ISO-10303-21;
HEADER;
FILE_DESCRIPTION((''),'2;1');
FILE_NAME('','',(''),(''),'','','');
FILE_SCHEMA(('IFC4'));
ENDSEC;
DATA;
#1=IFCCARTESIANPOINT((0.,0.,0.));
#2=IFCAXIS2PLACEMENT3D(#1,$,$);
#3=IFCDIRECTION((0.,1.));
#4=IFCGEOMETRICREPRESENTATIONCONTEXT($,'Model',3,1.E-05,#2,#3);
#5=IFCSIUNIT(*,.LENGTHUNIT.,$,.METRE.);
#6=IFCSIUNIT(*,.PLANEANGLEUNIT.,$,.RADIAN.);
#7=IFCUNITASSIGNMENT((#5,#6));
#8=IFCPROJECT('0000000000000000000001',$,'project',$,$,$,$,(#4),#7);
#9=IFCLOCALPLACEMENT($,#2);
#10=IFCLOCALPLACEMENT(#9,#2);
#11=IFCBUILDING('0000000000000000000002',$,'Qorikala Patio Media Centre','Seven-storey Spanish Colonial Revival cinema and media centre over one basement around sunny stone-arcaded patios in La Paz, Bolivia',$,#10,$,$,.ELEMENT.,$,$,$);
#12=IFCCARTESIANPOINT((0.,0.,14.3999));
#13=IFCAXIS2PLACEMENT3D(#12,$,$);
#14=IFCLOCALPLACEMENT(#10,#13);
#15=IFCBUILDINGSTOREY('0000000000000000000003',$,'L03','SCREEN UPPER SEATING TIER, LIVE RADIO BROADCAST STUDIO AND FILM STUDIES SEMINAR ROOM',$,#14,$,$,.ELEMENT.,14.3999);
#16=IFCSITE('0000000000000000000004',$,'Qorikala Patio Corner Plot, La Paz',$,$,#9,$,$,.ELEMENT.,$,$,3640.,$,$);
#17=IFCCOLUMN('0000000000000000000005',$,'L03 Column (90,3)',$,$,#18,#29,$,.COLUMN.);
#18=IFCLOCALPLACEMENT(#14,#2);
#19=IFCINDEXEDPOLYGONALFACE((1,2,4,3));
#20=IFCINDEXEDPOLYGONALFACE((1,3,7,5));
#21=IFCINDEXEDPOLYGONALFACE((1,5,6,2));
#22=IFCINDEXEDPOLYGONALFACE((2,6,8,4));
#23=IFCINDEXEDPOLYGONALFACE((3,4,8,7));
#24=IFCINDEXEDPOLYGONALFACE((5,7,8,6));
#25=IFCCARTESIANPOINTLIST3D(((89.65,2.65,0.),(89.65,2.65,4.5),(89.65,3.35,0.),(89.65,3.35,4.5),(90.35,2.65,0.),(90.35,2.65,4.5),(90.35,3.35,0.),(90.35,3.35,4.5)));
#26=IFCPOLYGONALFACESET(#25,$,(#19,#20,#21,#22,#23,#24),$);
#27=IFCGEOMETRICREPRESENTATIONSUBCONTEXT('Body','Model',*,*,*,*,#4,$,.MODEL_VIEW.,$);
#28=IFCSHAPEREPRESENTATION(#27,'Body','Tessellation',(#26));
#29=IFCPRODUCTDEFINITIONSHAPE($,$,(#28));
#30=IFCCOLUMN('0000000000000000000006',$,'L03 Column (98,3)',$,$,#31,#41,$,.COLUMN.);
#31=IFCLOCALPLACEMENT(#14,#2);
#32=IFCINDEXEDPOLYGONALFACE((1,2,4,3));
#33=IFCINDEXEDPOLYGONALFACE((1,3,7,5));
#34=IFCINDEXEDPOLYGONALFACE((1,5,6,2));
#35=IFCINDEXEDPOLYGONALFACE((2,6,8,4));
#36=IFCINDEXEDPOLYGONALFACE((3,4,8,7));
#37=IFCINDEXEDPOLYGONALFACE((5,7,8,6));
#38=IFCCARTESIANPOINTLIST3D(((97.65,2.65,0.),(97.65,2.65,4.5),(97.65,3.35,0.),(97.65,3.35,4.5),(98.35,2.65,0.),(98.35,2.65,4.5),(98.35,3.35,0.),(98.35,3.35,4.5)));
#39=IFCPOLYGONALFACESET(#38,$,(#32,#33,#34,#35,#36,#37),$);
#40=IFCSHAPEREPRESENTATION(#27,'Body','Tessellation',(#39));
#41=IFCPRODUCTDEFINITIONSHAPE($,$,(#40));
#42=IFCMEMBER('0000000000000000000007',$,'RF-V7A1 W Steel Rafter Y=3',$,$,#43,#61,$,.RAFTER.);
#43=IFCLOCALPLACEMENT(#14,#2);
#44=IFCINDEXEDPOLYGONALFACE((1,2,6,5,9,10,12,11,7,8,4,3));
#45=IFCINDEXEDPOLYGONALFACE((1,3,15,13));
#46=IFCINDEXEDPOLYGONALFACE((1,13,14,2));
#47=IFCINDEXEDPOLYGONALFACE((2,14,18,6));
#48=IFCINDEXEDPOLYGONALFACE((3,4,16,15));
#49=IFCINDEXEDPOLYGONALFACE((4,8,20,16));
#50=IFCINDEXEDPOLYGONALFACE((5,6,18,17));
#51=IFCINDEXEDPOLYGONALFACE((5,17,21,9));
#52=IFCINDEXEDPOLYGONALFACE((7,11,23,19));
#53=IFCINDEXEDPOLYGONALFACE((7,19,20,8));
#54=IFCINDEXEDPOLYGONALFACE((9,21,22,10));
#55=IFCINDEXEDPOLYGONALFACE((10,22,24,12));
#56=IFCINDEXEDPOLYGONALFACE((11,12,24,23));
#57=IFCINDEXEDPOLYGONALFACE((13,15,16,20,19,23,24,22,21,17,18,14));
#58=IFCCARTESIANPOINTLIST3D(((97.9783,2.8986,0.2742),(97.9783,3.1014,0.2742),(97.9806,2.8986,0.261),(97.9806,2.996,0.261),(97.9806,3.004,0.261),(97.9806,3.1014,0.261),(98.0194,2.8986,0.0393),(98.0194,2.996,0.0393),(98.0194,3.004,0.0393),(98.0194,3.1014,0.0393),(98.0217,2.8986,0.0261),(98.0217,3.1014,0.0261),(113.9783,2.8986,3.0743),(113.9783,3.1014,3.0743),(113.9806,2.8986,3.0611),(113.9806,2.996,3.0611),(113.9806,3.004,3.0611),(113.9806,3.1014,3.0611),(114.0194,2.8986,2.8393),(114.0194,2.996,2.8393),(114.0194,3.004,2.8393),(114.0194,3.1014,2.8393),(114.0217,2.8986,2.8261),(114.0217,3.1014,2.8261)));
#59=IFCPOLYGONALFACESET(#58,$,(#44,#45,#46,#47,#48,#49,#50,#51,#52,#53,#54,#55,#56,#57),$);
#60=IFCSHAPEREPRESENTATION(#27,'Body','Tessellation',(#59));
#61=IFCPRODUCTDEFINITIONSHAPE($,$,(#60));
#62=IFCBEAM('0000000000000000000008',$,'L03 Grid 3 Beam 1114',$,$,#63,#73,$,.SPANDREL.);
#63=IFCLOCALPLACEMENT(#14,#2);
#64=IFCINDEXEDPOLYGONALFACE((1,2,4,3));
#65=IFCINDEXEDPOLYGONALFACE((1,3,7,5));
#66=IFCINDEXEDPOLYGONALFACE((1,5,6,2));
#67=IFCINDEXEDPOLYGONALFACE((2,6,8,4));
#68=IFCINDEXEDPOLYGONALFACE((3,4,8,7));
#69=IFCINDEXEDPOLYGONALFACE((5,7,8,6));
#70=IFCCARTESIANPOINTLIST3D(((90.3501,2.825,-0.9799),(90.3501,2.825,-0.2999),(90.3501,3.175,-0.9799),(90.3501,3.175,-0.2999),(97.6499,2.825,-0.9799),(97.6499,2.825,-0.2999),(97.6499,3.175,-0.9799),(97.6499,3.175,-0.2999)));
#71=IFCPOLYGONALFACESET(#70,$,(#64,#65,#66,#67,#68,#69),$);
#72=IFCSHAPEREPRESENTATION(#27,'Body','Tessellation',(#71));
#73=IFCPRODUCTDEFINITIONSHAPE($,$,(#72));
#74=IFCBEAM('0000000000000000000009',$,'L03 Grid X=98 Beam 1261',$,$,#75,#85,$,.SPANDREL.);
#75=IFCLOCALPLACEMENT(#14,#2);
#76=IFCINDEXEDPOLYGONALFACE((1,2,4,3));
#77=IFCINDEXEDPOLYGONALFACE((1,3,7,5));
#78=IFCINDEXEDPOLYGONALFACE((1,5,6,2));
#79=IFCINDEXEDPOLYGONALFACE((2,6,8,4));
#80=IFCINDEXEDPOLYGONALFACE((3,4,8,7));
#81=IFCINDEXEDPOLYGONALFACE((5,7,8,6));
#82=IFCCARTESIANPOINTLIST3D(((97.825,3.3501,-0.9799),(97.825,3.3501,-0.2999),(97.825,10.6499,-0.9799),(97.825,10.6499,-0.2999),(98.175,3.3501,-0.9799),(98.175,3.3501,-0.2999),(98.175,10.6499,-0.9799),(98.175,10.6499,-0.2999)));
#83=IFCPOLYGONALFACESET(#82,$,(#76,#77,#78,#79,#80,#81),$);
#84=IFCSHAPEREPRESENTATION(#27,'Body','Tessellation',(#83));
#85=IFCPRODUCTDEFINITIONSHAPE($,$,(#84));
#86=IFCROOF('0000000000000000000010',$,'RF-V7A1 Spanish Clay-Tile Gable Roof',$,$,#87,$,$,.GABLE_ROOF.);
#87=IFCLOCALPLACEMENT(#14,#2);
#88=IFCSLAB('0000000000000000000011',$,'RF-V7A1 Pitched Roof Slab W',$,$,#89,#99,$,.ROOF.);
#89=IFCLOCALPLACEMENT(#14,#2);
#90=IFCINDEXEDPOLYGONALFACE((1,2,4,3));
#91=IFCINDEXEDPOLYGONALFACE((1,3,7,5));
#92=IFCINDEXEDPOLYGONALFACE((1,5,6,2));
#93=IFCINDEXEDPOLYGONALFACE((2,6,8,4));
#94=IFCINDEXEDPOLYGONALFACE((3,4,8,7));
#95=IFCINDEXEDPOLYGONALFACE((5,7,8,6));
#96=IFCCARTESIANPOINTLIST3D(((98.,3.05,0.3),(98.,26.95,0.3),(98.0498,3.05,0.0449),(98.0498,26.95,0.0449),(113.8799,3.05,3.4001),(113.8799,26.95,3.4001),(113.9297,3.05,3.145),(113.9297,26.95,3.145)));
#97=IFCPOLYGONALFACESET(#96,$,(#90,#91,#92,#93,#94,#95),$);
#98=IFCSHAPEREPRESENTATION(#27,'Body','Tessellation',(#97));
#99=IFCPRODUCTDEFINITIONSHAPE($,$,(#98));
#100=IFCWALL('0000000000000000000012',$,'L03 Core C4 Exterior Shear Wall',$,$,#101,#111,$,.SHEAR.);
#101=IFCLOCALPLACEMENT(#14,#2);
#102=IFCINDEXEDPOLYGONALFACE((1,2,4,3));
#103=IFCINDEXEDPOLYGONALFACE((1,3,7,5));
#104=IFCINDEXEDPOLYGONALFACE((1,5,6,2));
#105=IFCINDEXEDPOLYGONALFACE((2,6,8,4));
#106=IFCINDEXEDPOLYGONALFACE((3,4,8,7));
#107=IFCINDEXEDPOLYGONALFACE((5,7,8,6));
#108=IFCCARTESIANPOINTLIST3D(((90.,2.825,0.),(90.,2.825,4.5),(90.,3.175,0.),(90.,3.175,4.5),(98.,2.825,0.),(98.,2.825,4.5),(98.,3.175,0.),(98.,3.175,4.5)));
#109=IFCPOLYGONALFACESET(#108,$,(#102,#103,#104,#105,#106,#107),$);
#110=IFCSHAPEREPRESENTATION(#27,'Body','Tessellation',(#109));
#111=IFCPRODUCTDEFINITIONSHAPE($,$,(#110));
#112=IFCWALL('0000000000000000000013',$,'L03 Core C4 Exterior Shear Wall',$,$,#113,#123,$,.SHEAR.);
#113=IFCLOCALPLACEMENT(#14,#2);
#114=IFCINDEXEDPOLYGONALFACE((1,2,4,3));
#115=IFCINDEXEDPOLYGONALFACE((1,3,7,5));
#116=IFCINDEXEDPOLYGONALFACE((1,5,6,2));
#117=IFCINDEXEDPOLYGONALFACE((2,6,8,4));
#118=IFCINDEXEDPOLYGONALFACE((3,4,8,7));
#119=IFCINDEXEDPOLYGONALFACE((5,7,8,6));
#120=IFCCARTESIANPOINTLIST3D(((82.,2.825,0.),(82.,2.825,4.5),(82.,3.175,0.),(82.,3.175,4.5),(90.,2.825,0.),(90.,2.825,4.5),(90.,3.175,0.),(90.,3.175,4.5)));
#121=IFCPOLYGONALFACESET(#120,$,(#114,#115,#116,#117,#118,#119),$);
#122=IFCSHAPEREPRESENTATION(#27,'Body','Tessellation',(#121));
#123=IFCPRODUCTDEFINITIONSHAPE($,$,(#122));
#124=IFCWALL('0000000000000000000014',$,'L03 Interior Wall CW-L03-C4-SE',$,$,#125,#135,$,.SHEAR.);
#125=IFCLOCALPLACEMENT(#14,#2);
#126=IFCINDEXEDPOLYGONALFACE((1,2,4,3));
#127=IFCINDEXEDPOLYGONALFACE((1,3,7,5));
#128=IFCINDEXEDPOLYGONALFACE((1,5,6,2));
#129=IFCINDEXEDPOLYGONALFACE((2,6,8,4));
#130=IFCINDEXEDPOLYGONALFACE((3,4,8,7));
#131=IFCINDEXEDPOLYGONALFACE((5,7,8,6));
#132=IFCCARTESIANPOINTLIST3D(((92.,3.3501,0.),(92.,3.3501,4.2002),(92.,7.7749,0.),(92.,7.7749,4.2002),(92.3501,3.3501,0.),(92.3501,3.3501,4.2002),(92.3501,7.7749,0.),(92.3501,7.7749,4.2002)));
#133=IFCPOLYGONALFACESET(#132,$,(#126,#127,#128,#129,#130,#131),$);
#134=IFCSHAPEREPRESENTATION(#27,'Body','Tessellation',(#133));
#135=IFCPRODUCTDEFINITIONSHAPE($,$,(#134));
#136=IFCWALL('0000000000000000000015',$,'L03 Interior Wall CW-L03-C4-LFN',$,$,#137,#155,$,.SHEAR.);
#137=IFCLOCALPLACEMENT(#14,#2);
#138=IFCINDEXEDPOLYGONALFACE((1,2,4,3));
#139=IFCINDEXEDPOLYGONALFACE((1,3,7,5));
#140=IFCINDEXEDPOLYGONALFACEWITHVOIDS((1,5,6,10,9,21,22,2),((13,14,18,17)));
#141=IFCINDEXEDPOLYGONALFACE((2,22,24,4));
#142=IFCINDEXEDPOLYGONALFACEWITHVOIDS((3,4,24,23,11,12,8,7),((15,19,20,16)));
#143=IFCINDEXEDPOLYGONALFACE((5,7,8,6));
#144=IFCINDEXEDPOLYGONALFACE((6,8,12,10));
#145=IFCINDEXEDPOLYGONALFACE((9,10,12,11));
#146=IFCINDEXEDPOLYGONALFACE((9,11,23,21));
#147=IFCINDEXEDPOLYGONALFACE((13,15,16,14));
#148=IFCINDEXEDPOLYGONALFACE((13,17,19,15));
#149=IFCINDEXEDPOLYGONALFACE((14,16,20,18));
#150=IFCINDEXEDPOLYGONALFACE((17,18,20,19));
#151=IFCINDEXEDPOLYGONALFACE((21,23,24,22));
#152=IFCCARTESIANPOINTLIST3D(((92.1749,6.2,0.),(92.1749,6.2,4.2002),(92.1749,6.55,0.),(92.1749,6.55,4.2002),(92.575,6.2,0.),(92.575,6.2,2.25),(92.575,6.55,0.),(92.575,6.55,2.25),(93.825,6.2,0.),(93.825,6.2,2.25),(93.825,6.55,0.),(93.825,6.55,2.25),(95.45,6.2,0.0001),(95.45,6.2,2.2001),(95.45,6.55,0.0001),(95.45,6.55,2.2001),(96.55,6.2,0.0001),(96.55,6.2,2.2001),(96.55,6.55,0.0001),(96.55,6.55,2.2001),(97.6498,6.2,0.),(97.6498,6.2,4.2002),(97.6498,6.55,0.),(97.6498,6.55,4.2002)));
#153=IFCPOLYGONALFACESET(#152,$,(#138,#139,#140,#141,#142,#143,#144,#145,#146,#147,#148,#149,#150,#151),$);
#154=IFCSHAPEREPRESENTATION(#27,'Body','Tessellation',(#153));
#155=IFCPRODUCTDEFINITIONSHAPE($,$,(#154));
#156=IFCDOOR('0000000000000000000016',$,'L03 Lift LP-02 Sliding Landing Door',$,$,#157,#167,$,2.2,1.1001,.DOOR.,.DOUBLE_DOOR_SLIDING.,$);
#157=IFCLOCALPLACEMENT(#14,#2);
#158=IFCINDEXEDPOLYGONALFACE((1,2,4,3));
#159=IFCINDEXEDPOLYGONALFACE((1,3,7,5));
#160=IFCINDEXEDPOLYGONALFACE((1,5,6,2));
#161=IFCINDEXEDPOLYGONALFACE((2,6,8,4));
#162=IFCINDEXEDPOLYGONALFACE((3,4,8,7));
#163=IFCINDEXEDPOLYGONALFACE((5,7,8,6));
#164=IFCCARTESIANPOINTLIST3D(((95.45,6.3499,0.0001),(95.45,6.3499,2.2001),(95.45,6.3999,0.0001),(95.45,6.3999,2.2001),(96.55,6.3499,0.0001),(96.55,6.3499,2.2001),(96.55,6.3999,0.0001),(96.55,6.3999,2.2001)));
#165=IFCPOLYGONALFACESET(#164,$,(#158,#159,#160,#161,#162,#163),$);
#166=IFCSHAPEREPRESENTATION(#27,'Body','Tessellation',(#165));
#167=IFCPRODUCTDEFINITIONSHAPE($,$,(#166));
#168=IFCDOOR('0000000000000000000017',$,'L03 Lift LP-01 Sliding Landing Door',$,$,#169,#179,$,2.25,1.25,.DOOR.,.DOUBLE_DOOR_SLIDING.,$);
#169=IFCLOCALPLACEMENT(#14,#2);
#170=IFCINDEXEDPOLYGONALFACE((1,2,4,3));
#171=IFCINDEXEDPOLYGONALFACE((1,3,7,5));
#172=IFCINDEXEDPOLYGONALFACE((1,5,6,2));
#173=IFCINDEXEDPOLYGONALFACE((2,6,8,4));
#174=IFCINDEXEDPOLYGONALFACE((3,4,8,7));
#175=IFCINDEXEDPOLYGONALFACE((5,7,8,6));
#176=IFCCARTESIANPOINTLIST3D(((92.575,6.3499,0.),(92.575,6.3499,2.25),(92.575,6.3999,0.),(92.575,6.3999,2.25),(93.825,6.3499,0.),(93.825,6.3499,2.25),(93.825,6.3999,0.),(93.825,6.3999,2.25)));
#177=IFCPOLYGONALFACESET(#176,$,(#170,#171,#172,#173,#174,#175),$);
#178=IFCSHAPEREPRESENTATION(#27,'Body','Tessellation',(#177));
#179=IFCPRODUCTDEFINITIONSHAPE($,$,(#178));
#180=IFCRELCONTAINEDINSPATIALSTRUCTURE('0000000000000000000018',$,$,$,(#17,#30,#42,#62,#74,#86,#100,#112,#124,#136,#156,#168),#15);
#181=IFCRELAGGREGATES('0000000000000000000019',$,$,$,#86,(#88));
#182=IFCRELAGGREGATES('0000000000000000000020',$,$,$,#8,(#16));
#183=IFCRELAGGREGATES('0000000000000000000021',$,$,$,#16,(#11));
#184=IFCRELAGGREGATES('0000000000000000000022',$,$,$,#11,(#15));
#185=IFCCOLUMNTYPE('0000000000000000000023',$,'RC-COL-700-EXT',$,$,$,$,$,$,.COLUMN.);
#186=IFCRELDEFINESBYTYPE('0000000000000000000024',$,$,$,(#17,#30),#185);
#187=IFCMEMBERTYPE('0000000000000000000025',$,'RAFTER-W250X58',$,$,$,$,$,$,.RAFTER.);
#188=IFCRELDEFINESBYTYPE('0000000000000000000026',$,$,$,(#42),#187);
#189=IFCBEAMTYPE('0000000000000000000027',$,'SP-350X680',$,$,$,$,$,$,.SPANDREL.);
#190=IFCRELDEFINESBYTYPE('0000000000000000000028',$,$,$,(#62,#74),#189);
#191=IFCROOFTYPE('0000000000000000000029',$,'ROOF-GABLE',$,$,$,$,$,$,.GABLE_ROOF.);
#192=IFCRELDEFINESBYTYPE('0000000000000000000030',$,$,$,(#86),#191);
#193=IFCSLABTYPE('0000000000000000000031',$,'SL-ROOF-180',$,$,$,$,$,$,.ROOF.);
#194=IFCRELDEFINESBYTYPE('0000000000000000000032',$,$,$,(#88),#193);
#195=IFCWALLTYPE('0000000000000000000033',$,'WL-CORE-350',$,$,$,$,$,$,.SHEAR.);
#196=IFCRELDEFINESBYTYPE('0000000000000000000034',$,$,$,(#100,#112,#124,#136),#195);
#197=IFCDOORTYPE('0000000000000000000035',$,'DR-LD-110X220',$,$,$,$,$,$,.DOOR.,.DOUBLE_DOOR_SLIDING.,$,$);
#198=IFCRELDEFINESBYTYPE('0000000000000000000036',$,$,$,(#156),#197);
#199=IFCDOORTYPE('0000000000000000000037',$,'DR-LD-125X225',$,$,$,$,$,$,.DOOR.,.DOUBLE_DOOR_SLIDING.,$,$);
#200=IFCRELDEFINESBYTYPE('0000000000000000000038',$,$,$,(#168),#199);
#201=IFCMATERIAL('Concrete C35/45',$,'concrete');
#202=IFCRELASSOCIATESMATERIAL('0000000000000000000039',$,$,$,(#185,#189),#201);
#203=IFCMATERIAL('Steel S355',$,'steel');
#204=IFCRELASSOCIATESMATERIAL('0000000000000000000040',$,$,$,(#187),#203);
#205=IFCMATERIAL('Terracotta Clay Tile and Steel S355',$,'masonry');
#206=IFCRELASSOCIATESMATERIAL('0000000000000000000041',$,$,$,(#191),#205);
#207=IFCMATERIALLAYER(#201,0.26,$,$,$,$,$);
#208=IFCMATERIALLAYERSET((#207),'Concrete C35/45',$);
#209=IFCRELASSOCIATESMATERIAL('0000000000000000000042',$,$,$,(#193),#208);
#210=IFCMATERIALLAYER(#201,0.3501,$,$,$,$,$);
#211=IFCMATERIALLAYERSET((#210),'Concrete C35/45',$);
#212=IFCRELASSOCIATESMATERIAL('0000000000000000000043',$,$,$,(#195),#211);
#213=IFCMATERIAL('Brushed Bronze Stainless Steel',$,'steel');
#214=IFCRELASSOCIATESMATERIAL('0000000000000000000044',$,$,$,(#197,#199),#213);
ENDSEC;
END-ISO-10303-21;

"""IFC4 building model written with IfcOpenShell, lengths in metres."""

from ifc_helpers import new_model, si_unit, direction, frame, frame_2d, origin, origin_2d, place, context, subcontext, project, spatial, polyline, rectangle, i_section, outline, extrude, material, layer, layer_set, material_profile, profile_set, type_object, element, fill, aggregate, save


model = new_model("IFC4")

# Units and contexts
model_context = context("Model", 3, precision=1e-05, world=origin(), true_north=direction((0.0, 1.0)))
body_context = subcontext(model_context, "Body", "Model", "MODEL_VIEW")
ifc_project = project(units=[si_unit("LENGTHUNIT", "METRE"), si_unit("PLANEANGLEUNIT", "RADIAN")], contexts=[model_context])

# Site, building, storey
site_placement = place(None, origin())
site = spatial("IfcSite", under=ifc_project, at=site_placement, Name="Qorikala Patio Corner Plot, La Paz", CompositionType="ELEMENT", RefElevation=3640.0)
building_placement = place(site_placement, origin())
building = spatial("IfcBuilding", under=site, at=building_placement, Name="Qorikala Patio Media Centre", Description="Seven-storey Spanish Colonial Revival cinema and media centre over one basement around sunny stone-arcaded patios in La Paz, Bolivia", CompositionType="ELEMENT")
storey_placement = place(building_placement, frame((0.0, 0.0, 14.3999)))
storey = spatial("IfcBuildingStorey", under=building, at=storey_placement, Name="L03", Description="SCREEN UPPER SEATING TIER, LIVE RADIO BROADCAST STUDIO AND FILM STUDIES SEMINAR ROOM", CompositionType="ELEMENT", Elevation=14.3999)

# Columns
ifc_material_1 = material(Name="Concrete C35/45", Category="concrete")
ifc_material_profile_1 = material_profile(ifc_material_1, rectangle(XDim=0.7, YDim=0.7, at=origin_2d()), Name="RC 700x700")
ifc_profile_set_1 = profile_set([ifc_material_profile_1], Name="Concrete C35/45")
column_type = type_object("IfcColumnType", Name="RC-COL-700-EXT", PredefinedType="COLUMN", material=ifc_profile_set_1)
for number, where, z_axis, x_axis, name in (
    (1, (90.0, 3.0, 0.0), (0.0, 0.0, 1.0), (1.0, 0.0, 0.0), "L03 Column (90,3)"),
    (2, (98.0, 3.0, 0.0), (0.0, 0.0, 1.0), (1.0, 0.0, 0.0), "L03 Column (98,3)"),
):
    element("IfcColumn", number, at=place(storey_placement, frame(where, z_axis=z_axis, x_axis=x_axis)), inside=storey, type_object=column_type, Name=name, PredefinedType="COLUMN", context=body_context, shape_type="SweptSolid", body=[
        extrude(rectangle(XDim=0.7, YDim=0.7, at=origin_2d()), origin(), (0.0, 0.0, 1.0), 4.5),
    ])

# Member
ifc_material_2 = material(Name="Steel S355", Category="steel")
ifc_material_profile_2 = material_profile(ifc_material_2, i_section(OverallWidth=0.2029, OverallDepth=0.252, WebThickness=0.0081, FlangeThickness=0.0134, at=origin_2d()), Name="W250X58")
ifc_profile_set_2 = profile_set([ifc_material_profile_2], Name="Steel S355")
member_type = type_object("IfcMemberType", Name="RAFTER-W250X58", PredefinedType="RAFTER", material=ifc_profile_set_2)
member_placement = place(storey_placement, frame((98.0, 3.0, 0.1501), z_axis=(0.98503, 0.0, 0.172383), x_axis=(0.0, 1.0, 0.0)))
element("IfcMember", 3, at=member_placement, inside=storey, type_object=member_type, Name="RF-V7A1 W Steel Rafter Y=3", PredefinedType="RAFTER", context=body_context, shape_type="SweptSolid", body=[
    extrude(i_section(OverallWidth=0.2029, OverallDepth=0.252, WebThickness=0.0081, FlangeThickness=0.0134, at=origin_2d()), origin(), (0.0, 0.0, 1.0), 16.2432),
])

# Beams
ifc_material_profile_3 = material_profile(ifc_material_1, rectangle(XDim=0.3501, YDim=0.6799, at=origin_2d()), Name="RC 350x680")
ifc_profile_set_3 = profile_set([ifc_material_profile_3], Name="Concrete C35/45")
beam_type = type_object("IfcBeamType", Name="SP-350X680", PredefinedType="SPANDREL", material=ifc_profile_set_3)
for number, where, z_axis, x_axis, name in (
    (4, (90.3501, 3.0, -0.6399), (1.0, 0.0, 0.0), (0.0, 1.0, 0.0), "L03 Grid 3 Beam 1114"),
    (5, (98.0, 3.3501, -0.6399), (0.0, 1.0, 0.0), (-1.0, 0.0, 0.0), "L03 Grid X=98 Beam 1261"),
):
    element("IfcBeam", number, at=place(storey_placement, frame(where, z_axis=z_axis, x_axis=x_axis)), inside=storey, type_object=beam_type, Name=name, PredefinedType="SPANDREL", context=body_context, shape_type="SweptSolid", body=[
        extrude(rectangle(XDim=0.3501, YDim=0.6799, at=origin_2d()), origin(), (0.0, 0.0, 1.0), 7.2998),
    ])

# Roof, slab
ifc_material_3 = material(Name="Terracotta Clay Tile and Steel S355", Category="masonry")
roof_type = type_object("IfcRoofType", Name="ROOF-GABLE", PredefinedType="GABLE_ROOF", material=ifc_material_3)
roof_placement = place(storey_placement, origin())
roof = element("IfcRoof", 6, at=roof_placement, inside=storey, type_object=roof_type, Name="RF-V7A1 Spanish Clay-Tile Gable Roof", PredefinedType="GABLE_ROOF")
ifc_layer_1 = layer(ifc_material_1, 0.26)
ifc_layer_set_1 = layer_set([ifc_layer_1], Name="Concrete C35/45")
slab_type = type_object("IfcSlabType", Name="SL-ROOF-180", PredefinedType="ROOF", material=ifc_layer_set_1)
slab_placement = place(storey_placement, frame((98.0, 3.05, 0.3), z_axis=(-0.191605, 0.0, 0.981472), x_axis=(0.981472, 0.0, 0.191605)))
slab = element("IfcSlab", 7, at=slab_placement, type_object=slab_type, Name="RF-V7A1 Pitched Roof Slab W", PredefinedType="ROOF", context=body_context, shape_type="SweptSolid", body=[
    extrude(outline(polyline([(0.0, 0.0), (16.1797, 0.0), (16.1797, 23.8999), (0.0, 23.8999), (0.0, 0.0)])), origin(), (0.0, 0.0, -1.0), 0.26),
])
aggregate(roof, [slab])

# Walls
ifc_layer_2 = layer(ifc_material_1, 0.3501)
ifc_layer_set_2 = layer_set([ifc_layer_2], Name="Concrete C35/45")
wall_type = type_object("IfcWallType", Name="WL-CORE-350", PredefinedType="SHEAR", material=ifc_layer_set_2)
for number, where, z_axis, x_axis, name in (
    (8, (98.0, 3.0, 0.0), (0.0, 0.0, 1.0), (-1.0, 0.0, 0.0), "L03 Core C4 Exterior Shear Wall"),
    (9, (90.0, 3.0, 0.0), (0.0, 0.0, 1.0), (-1.0, 0.0, 0.0), "L03 Core C4 Exterior Shear Wall"),
):
    element("IfcWall", number, at=place(storey_placement, frame(where, z_axis=z_axis, x_axis=x_axis)), inside=storey, type_object=wall_type, Name=name, PredefinedType="SHEAR", context=body_context, shape_type="SweptSolid", body=[
        extrude(rectangle(XDim=8.0, YDim=0.3501, at=frame_2d((4.0, 0.0))), origin(), (0.0, 0.0, 1.0), 4.5),
    ])
wall_1_placement = place(storey_placement, frame((92.175, 3.3501, 0.0), z_axis=(0.0, 0.0, 1.0), x_axis=(0.0, 1.0, 0.0)))
element("IfcWall", 10, at=wall_1_placement, inside=storey, type_object=wall_type, Name="L03 Interior Wall CW-L03-C4-SE", PredefinedType="SHEAR", context=body_context, shape_type="SweptSolid", body=[
    extrude(rectangle(XDim=4.4248, YDim=0.3501, at=frame_2d((2.2124, 0.0))), origin(), (0.0, 0.0, 1.0), 4.2002),
])

# Wall, openings, doors
wall_2_placement = place(storey_placement, frame((92.175, 6.375, 0.0), z_axis=(0.0, 0.0, 1.0), x_axis=(1.0, 0.0, 0.0)))
wall_2 = element("IfcWall", 11, at=wall_2_placement, inside=storey, type_object=wall_type, Name="L03 Interior Wall CW-L03-C4-LFN", PredefinedType="SHEAR", context=body_context, shape_type="SweptSolid", body=[
    extrude(rectangle(XDim=5.4749, YDim=0.3501, at=frame_2d((2.7373, 0.0))), origin(), (0.0, 0.0, 1.0), 4.2002),
])
opening_1_placement = place(wall_2_placement, frame((0.3999, 0.0, 0.0)))
opening_1 = element("IfcOpeningElement", 12, at=opening_1_placement, cuts=wall_2, PredefinedType="OPENING", context=body_context, shape_type="SweptSolid", body=[
    extrude(rectangle(XDim=1.25, YDim=2.25, at=frame_2d((0.625, 1.125))), frame((0.0, 0.1851, 0.0), z_axis=(0.0, -1.0, 0.0), x_axis=(1.0, 0.0, 0.0)), (0.0, 0.0, 1.0), 0.3701),
])
opening_2_placement = place(wall_2_placement, frame((3.2749, 0.0, 0.0)))
opening_2 = element("IfcOpeningElement", 13, at=opening_2_placement, cuts=wall_2, PredefinedType="OPENING", context=body_context, shape_type="SweptSolid", body=[
    extrude(rectangle(XDim=1.1001, YDim=2.2, at=frame_2d((0.55, 1.1001))), frame((0.0, 0.1851, 0.0), z_axis=(0.0, -1.0, 0.0), x_axis=(1.0, 0.0, 0.0)), (0.0, 0.0, 1.0), 0.3701),
])
ifc_material_4 = material(Name="Brushed Bronze Stainless Steel", Category="steel")
door_type_1 = type_object("IfcDoorType", Name="DR-LD-110X220", OperationType="DOUBLE_DOOR_SLIDING", PredefinedType="DOOR", material=ifc_material_4)
door_1_placement = place(opening_2_placement, origin())
door_1 = element("IfcDoor", 14, at=door_1_placement, inside=storey, type_object=door_type_1, Name="L03 Lift LP-02 Sliding Landing Door", OperationType="DOUBLE_DOOR_SLIDING", OverallHeight=2.2, OverallWidth=1.1001, PredefinedType="DOOR", context=body_context, shape_type="SweptSolid", body=[
    extrude(rectangle(XDim=1.1001, YDim=2.2, at=frame_2d((0.55, 1.1001))), frame((0.0, 0.0249, 0.0), z_axis=(0.0, -1.0, 0.0), x_axis=(1.0, 0.0, 0.0)), (0.0, 0.0, 1.0), 0.05),
])
fill(opening_2, door_1)
door_type_2 = type_object("IfcDoorType", Name="DR-LD-125X225", OperationType="DOUBLE_DOOR_SLIDING", PredefinedType="DOOR", material=ifc_material_4)
door_2_placement = place(opening_1_placement, origin())
door_2 = element("IfcDoor", 15, at=door_2_placement, inside=storey, type_object=door_type_2, Name="L03 Lift LP-01 Sliding Landing Door", OperationType="DOUBLE_DOOR_SLIDING", OverallHeight=2.25, OverallWidth=1.25, PredefinedType="DOOR", context=body_context, shape_type="SweptSolid", body=[
    extrude(rectangle(XDim=1.25, YDim=2.25, at=frame_2d((0.625, 1.125))), frame((0.0, 0.0249, 0.0), z_axis=(0.0, -1.0, 0.0), x_axis=(1.0, 0.0, 0.0)), (0.0, 0.0, 1.0), 0.05),
])
fill(opening_1, door_2)

save(model, "model.ifc")
